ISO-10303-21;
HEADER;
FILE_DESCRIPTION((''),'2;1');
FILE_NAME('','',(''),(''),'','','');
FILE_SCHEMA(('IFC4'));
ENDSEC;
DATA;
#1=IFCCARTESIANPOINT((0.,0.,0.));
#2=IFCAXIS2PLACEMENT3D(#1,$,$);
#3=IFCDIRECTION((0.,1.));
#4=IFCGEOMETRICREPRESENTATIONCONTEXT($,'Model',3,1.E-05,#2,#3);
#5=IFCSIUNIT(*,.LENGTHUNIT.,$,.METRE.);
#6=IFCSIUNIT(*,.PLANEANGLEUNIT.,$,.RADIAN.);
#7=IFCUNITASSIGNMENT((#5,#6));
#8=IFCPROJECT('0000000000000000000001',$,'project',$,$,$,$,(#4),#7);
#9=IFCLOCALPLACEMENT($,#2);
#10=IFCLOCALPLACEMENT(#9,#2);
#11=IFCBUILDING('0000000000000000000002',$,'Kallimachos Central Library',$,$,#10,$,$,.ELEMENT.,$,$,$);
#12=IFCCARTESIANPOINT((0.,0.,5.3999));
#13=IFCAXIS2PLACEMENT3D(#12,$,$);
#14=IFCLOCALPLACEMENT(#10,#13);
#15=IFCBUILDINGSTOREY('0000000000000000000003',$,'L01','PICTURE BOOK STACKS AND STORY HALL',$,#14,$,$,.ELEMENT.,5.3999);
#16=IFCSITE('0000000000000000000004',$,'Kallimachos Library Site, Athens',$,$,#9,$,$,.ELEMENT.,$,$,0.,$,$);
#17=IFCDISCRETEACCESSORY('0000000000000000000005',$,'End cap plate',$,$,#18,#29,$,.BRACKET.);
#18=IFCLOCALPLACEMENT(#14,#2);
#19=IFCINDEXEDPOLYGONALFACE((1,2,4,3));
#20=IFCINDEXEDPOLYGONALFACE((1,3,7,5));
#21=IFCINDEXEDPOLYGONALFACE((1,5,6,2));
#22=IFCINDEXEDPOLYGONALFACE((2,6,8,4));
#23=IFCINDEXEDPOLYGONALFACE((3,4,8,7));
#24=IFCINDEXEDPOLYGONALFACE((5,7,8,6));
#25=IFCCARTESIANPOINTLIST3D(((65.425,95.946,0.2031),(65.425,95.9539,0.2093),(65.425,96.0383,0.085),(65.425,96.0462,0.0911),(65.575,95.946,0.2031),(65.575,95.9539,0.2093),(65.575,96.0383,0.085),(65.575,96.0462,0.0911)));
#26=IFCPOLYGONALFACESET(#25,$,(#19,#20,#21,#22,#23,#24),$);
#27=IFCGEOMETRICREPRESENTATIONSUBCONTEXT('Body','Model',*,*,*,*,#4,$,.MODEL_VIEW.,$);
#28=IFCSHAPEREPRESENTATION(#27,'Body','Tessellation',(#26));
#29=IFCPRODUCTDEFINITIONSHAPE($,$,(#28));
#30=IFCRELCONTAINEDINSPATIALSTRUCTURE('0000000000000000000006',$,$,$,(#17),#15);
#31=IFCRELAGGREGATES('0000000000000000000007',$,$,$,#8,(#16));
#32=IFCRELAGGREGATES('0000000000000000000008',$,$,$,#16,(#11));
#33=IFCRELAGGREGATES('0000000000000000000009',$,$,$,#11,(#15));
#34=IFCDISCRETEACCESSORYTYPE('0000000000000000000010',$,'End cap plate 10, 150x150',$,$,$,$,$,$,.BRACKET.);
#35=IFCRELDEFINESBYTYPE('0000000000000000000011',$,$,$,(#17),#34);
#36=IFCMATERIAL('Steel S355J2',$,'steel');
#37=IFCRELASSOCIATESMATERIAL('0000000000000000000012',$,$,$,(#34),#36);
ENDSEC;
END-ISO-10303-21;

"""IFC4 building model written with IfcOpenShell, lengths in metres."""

from ifc_helpers import new_model, si_unit, direction, frame, origin, origin_2d, place, context, subcontext, project, spatial, rectangle, extrude, material, material_profile, profile_set, type_object, element, save


model = new_model("IFC4")

# Units and contexts
model_context = context("Model", 3, precision=1e-05, world=origin(), true_north=direction((0.0, 1.0)))
body_context = subcontext(model_context, "Body", "Model", "MODEL_VIEW")
ifc_project = project(units=[si_unit("LENGTHUNIT", "METRE"), si_unit("PLANEANGLEUNIT", "RADIAN")], contexts=[model_context])

# Site, building, storey
site_placement = place(None, origin())
site = spatial("IfcSite", under=ifc_project, at=site_placement, Name="Kallimachos Library Site, Athens", CompositionType="ELEMENT", RefElevation=0.0)
building_placement = place(site_placement, origin())
building = spatial("IfcBuilding", under=site, at=building_placement, Name="Kallimachos Central Library", CompositionType="ELEMENT")
storey_placement = place(building_placement, frame((0.0, 0.0, 5.3999)))
storey = spatial("IfcBuildingStorey", under=building, at=storey_placement, Name="L01", Description="PICTURE BOOK STACKS AND STORY HALL", CompositionType="ELEMENT", Elevation=5.3999)

# Discrete accessory
ifc_material_1 = material(Name="Steel S355J2", Category="steel")
ifc_material_profile_1 = material_profile(ifc_material_1, rectangle(XDim=0.1499, YDim=0.1499, at=origin_2d()), Name="End cap plate 10, 150x150")
ifc_profile_set_1 = profile_set([ifc_material_profile_1], Name="Steel S355J2")
discrete_accessory_type = type_object("IfcDiscreteAccessoryType", Name="End cap plate 10, 150x150", PredefinedType="BRACKET", material=ifc_profile_set_1)
discrete_accessory_placement = place(storey_placement, frame((65.5, 95.9922, 0.144), z_axis=(0.0, 0.788024, 0.615644), x_axis=(-1.0, 0.0, 0.0)))
element("IfcDiscreteAccessory", 1, at=discrete_accessory_placement, inside=storey, type_object=discrete_accessory_type, Name="End cap plate", PredefinedType="BRACKET", context=body_context, shape_type="SweptSolid", body=[
    extrude(rectangle(XDim=0.1499, YDim=0.1499, at=origin_2d()), origin(), (0.0, 0.0, 1.0), 0.01),
])

save(model, "model.ifc")
